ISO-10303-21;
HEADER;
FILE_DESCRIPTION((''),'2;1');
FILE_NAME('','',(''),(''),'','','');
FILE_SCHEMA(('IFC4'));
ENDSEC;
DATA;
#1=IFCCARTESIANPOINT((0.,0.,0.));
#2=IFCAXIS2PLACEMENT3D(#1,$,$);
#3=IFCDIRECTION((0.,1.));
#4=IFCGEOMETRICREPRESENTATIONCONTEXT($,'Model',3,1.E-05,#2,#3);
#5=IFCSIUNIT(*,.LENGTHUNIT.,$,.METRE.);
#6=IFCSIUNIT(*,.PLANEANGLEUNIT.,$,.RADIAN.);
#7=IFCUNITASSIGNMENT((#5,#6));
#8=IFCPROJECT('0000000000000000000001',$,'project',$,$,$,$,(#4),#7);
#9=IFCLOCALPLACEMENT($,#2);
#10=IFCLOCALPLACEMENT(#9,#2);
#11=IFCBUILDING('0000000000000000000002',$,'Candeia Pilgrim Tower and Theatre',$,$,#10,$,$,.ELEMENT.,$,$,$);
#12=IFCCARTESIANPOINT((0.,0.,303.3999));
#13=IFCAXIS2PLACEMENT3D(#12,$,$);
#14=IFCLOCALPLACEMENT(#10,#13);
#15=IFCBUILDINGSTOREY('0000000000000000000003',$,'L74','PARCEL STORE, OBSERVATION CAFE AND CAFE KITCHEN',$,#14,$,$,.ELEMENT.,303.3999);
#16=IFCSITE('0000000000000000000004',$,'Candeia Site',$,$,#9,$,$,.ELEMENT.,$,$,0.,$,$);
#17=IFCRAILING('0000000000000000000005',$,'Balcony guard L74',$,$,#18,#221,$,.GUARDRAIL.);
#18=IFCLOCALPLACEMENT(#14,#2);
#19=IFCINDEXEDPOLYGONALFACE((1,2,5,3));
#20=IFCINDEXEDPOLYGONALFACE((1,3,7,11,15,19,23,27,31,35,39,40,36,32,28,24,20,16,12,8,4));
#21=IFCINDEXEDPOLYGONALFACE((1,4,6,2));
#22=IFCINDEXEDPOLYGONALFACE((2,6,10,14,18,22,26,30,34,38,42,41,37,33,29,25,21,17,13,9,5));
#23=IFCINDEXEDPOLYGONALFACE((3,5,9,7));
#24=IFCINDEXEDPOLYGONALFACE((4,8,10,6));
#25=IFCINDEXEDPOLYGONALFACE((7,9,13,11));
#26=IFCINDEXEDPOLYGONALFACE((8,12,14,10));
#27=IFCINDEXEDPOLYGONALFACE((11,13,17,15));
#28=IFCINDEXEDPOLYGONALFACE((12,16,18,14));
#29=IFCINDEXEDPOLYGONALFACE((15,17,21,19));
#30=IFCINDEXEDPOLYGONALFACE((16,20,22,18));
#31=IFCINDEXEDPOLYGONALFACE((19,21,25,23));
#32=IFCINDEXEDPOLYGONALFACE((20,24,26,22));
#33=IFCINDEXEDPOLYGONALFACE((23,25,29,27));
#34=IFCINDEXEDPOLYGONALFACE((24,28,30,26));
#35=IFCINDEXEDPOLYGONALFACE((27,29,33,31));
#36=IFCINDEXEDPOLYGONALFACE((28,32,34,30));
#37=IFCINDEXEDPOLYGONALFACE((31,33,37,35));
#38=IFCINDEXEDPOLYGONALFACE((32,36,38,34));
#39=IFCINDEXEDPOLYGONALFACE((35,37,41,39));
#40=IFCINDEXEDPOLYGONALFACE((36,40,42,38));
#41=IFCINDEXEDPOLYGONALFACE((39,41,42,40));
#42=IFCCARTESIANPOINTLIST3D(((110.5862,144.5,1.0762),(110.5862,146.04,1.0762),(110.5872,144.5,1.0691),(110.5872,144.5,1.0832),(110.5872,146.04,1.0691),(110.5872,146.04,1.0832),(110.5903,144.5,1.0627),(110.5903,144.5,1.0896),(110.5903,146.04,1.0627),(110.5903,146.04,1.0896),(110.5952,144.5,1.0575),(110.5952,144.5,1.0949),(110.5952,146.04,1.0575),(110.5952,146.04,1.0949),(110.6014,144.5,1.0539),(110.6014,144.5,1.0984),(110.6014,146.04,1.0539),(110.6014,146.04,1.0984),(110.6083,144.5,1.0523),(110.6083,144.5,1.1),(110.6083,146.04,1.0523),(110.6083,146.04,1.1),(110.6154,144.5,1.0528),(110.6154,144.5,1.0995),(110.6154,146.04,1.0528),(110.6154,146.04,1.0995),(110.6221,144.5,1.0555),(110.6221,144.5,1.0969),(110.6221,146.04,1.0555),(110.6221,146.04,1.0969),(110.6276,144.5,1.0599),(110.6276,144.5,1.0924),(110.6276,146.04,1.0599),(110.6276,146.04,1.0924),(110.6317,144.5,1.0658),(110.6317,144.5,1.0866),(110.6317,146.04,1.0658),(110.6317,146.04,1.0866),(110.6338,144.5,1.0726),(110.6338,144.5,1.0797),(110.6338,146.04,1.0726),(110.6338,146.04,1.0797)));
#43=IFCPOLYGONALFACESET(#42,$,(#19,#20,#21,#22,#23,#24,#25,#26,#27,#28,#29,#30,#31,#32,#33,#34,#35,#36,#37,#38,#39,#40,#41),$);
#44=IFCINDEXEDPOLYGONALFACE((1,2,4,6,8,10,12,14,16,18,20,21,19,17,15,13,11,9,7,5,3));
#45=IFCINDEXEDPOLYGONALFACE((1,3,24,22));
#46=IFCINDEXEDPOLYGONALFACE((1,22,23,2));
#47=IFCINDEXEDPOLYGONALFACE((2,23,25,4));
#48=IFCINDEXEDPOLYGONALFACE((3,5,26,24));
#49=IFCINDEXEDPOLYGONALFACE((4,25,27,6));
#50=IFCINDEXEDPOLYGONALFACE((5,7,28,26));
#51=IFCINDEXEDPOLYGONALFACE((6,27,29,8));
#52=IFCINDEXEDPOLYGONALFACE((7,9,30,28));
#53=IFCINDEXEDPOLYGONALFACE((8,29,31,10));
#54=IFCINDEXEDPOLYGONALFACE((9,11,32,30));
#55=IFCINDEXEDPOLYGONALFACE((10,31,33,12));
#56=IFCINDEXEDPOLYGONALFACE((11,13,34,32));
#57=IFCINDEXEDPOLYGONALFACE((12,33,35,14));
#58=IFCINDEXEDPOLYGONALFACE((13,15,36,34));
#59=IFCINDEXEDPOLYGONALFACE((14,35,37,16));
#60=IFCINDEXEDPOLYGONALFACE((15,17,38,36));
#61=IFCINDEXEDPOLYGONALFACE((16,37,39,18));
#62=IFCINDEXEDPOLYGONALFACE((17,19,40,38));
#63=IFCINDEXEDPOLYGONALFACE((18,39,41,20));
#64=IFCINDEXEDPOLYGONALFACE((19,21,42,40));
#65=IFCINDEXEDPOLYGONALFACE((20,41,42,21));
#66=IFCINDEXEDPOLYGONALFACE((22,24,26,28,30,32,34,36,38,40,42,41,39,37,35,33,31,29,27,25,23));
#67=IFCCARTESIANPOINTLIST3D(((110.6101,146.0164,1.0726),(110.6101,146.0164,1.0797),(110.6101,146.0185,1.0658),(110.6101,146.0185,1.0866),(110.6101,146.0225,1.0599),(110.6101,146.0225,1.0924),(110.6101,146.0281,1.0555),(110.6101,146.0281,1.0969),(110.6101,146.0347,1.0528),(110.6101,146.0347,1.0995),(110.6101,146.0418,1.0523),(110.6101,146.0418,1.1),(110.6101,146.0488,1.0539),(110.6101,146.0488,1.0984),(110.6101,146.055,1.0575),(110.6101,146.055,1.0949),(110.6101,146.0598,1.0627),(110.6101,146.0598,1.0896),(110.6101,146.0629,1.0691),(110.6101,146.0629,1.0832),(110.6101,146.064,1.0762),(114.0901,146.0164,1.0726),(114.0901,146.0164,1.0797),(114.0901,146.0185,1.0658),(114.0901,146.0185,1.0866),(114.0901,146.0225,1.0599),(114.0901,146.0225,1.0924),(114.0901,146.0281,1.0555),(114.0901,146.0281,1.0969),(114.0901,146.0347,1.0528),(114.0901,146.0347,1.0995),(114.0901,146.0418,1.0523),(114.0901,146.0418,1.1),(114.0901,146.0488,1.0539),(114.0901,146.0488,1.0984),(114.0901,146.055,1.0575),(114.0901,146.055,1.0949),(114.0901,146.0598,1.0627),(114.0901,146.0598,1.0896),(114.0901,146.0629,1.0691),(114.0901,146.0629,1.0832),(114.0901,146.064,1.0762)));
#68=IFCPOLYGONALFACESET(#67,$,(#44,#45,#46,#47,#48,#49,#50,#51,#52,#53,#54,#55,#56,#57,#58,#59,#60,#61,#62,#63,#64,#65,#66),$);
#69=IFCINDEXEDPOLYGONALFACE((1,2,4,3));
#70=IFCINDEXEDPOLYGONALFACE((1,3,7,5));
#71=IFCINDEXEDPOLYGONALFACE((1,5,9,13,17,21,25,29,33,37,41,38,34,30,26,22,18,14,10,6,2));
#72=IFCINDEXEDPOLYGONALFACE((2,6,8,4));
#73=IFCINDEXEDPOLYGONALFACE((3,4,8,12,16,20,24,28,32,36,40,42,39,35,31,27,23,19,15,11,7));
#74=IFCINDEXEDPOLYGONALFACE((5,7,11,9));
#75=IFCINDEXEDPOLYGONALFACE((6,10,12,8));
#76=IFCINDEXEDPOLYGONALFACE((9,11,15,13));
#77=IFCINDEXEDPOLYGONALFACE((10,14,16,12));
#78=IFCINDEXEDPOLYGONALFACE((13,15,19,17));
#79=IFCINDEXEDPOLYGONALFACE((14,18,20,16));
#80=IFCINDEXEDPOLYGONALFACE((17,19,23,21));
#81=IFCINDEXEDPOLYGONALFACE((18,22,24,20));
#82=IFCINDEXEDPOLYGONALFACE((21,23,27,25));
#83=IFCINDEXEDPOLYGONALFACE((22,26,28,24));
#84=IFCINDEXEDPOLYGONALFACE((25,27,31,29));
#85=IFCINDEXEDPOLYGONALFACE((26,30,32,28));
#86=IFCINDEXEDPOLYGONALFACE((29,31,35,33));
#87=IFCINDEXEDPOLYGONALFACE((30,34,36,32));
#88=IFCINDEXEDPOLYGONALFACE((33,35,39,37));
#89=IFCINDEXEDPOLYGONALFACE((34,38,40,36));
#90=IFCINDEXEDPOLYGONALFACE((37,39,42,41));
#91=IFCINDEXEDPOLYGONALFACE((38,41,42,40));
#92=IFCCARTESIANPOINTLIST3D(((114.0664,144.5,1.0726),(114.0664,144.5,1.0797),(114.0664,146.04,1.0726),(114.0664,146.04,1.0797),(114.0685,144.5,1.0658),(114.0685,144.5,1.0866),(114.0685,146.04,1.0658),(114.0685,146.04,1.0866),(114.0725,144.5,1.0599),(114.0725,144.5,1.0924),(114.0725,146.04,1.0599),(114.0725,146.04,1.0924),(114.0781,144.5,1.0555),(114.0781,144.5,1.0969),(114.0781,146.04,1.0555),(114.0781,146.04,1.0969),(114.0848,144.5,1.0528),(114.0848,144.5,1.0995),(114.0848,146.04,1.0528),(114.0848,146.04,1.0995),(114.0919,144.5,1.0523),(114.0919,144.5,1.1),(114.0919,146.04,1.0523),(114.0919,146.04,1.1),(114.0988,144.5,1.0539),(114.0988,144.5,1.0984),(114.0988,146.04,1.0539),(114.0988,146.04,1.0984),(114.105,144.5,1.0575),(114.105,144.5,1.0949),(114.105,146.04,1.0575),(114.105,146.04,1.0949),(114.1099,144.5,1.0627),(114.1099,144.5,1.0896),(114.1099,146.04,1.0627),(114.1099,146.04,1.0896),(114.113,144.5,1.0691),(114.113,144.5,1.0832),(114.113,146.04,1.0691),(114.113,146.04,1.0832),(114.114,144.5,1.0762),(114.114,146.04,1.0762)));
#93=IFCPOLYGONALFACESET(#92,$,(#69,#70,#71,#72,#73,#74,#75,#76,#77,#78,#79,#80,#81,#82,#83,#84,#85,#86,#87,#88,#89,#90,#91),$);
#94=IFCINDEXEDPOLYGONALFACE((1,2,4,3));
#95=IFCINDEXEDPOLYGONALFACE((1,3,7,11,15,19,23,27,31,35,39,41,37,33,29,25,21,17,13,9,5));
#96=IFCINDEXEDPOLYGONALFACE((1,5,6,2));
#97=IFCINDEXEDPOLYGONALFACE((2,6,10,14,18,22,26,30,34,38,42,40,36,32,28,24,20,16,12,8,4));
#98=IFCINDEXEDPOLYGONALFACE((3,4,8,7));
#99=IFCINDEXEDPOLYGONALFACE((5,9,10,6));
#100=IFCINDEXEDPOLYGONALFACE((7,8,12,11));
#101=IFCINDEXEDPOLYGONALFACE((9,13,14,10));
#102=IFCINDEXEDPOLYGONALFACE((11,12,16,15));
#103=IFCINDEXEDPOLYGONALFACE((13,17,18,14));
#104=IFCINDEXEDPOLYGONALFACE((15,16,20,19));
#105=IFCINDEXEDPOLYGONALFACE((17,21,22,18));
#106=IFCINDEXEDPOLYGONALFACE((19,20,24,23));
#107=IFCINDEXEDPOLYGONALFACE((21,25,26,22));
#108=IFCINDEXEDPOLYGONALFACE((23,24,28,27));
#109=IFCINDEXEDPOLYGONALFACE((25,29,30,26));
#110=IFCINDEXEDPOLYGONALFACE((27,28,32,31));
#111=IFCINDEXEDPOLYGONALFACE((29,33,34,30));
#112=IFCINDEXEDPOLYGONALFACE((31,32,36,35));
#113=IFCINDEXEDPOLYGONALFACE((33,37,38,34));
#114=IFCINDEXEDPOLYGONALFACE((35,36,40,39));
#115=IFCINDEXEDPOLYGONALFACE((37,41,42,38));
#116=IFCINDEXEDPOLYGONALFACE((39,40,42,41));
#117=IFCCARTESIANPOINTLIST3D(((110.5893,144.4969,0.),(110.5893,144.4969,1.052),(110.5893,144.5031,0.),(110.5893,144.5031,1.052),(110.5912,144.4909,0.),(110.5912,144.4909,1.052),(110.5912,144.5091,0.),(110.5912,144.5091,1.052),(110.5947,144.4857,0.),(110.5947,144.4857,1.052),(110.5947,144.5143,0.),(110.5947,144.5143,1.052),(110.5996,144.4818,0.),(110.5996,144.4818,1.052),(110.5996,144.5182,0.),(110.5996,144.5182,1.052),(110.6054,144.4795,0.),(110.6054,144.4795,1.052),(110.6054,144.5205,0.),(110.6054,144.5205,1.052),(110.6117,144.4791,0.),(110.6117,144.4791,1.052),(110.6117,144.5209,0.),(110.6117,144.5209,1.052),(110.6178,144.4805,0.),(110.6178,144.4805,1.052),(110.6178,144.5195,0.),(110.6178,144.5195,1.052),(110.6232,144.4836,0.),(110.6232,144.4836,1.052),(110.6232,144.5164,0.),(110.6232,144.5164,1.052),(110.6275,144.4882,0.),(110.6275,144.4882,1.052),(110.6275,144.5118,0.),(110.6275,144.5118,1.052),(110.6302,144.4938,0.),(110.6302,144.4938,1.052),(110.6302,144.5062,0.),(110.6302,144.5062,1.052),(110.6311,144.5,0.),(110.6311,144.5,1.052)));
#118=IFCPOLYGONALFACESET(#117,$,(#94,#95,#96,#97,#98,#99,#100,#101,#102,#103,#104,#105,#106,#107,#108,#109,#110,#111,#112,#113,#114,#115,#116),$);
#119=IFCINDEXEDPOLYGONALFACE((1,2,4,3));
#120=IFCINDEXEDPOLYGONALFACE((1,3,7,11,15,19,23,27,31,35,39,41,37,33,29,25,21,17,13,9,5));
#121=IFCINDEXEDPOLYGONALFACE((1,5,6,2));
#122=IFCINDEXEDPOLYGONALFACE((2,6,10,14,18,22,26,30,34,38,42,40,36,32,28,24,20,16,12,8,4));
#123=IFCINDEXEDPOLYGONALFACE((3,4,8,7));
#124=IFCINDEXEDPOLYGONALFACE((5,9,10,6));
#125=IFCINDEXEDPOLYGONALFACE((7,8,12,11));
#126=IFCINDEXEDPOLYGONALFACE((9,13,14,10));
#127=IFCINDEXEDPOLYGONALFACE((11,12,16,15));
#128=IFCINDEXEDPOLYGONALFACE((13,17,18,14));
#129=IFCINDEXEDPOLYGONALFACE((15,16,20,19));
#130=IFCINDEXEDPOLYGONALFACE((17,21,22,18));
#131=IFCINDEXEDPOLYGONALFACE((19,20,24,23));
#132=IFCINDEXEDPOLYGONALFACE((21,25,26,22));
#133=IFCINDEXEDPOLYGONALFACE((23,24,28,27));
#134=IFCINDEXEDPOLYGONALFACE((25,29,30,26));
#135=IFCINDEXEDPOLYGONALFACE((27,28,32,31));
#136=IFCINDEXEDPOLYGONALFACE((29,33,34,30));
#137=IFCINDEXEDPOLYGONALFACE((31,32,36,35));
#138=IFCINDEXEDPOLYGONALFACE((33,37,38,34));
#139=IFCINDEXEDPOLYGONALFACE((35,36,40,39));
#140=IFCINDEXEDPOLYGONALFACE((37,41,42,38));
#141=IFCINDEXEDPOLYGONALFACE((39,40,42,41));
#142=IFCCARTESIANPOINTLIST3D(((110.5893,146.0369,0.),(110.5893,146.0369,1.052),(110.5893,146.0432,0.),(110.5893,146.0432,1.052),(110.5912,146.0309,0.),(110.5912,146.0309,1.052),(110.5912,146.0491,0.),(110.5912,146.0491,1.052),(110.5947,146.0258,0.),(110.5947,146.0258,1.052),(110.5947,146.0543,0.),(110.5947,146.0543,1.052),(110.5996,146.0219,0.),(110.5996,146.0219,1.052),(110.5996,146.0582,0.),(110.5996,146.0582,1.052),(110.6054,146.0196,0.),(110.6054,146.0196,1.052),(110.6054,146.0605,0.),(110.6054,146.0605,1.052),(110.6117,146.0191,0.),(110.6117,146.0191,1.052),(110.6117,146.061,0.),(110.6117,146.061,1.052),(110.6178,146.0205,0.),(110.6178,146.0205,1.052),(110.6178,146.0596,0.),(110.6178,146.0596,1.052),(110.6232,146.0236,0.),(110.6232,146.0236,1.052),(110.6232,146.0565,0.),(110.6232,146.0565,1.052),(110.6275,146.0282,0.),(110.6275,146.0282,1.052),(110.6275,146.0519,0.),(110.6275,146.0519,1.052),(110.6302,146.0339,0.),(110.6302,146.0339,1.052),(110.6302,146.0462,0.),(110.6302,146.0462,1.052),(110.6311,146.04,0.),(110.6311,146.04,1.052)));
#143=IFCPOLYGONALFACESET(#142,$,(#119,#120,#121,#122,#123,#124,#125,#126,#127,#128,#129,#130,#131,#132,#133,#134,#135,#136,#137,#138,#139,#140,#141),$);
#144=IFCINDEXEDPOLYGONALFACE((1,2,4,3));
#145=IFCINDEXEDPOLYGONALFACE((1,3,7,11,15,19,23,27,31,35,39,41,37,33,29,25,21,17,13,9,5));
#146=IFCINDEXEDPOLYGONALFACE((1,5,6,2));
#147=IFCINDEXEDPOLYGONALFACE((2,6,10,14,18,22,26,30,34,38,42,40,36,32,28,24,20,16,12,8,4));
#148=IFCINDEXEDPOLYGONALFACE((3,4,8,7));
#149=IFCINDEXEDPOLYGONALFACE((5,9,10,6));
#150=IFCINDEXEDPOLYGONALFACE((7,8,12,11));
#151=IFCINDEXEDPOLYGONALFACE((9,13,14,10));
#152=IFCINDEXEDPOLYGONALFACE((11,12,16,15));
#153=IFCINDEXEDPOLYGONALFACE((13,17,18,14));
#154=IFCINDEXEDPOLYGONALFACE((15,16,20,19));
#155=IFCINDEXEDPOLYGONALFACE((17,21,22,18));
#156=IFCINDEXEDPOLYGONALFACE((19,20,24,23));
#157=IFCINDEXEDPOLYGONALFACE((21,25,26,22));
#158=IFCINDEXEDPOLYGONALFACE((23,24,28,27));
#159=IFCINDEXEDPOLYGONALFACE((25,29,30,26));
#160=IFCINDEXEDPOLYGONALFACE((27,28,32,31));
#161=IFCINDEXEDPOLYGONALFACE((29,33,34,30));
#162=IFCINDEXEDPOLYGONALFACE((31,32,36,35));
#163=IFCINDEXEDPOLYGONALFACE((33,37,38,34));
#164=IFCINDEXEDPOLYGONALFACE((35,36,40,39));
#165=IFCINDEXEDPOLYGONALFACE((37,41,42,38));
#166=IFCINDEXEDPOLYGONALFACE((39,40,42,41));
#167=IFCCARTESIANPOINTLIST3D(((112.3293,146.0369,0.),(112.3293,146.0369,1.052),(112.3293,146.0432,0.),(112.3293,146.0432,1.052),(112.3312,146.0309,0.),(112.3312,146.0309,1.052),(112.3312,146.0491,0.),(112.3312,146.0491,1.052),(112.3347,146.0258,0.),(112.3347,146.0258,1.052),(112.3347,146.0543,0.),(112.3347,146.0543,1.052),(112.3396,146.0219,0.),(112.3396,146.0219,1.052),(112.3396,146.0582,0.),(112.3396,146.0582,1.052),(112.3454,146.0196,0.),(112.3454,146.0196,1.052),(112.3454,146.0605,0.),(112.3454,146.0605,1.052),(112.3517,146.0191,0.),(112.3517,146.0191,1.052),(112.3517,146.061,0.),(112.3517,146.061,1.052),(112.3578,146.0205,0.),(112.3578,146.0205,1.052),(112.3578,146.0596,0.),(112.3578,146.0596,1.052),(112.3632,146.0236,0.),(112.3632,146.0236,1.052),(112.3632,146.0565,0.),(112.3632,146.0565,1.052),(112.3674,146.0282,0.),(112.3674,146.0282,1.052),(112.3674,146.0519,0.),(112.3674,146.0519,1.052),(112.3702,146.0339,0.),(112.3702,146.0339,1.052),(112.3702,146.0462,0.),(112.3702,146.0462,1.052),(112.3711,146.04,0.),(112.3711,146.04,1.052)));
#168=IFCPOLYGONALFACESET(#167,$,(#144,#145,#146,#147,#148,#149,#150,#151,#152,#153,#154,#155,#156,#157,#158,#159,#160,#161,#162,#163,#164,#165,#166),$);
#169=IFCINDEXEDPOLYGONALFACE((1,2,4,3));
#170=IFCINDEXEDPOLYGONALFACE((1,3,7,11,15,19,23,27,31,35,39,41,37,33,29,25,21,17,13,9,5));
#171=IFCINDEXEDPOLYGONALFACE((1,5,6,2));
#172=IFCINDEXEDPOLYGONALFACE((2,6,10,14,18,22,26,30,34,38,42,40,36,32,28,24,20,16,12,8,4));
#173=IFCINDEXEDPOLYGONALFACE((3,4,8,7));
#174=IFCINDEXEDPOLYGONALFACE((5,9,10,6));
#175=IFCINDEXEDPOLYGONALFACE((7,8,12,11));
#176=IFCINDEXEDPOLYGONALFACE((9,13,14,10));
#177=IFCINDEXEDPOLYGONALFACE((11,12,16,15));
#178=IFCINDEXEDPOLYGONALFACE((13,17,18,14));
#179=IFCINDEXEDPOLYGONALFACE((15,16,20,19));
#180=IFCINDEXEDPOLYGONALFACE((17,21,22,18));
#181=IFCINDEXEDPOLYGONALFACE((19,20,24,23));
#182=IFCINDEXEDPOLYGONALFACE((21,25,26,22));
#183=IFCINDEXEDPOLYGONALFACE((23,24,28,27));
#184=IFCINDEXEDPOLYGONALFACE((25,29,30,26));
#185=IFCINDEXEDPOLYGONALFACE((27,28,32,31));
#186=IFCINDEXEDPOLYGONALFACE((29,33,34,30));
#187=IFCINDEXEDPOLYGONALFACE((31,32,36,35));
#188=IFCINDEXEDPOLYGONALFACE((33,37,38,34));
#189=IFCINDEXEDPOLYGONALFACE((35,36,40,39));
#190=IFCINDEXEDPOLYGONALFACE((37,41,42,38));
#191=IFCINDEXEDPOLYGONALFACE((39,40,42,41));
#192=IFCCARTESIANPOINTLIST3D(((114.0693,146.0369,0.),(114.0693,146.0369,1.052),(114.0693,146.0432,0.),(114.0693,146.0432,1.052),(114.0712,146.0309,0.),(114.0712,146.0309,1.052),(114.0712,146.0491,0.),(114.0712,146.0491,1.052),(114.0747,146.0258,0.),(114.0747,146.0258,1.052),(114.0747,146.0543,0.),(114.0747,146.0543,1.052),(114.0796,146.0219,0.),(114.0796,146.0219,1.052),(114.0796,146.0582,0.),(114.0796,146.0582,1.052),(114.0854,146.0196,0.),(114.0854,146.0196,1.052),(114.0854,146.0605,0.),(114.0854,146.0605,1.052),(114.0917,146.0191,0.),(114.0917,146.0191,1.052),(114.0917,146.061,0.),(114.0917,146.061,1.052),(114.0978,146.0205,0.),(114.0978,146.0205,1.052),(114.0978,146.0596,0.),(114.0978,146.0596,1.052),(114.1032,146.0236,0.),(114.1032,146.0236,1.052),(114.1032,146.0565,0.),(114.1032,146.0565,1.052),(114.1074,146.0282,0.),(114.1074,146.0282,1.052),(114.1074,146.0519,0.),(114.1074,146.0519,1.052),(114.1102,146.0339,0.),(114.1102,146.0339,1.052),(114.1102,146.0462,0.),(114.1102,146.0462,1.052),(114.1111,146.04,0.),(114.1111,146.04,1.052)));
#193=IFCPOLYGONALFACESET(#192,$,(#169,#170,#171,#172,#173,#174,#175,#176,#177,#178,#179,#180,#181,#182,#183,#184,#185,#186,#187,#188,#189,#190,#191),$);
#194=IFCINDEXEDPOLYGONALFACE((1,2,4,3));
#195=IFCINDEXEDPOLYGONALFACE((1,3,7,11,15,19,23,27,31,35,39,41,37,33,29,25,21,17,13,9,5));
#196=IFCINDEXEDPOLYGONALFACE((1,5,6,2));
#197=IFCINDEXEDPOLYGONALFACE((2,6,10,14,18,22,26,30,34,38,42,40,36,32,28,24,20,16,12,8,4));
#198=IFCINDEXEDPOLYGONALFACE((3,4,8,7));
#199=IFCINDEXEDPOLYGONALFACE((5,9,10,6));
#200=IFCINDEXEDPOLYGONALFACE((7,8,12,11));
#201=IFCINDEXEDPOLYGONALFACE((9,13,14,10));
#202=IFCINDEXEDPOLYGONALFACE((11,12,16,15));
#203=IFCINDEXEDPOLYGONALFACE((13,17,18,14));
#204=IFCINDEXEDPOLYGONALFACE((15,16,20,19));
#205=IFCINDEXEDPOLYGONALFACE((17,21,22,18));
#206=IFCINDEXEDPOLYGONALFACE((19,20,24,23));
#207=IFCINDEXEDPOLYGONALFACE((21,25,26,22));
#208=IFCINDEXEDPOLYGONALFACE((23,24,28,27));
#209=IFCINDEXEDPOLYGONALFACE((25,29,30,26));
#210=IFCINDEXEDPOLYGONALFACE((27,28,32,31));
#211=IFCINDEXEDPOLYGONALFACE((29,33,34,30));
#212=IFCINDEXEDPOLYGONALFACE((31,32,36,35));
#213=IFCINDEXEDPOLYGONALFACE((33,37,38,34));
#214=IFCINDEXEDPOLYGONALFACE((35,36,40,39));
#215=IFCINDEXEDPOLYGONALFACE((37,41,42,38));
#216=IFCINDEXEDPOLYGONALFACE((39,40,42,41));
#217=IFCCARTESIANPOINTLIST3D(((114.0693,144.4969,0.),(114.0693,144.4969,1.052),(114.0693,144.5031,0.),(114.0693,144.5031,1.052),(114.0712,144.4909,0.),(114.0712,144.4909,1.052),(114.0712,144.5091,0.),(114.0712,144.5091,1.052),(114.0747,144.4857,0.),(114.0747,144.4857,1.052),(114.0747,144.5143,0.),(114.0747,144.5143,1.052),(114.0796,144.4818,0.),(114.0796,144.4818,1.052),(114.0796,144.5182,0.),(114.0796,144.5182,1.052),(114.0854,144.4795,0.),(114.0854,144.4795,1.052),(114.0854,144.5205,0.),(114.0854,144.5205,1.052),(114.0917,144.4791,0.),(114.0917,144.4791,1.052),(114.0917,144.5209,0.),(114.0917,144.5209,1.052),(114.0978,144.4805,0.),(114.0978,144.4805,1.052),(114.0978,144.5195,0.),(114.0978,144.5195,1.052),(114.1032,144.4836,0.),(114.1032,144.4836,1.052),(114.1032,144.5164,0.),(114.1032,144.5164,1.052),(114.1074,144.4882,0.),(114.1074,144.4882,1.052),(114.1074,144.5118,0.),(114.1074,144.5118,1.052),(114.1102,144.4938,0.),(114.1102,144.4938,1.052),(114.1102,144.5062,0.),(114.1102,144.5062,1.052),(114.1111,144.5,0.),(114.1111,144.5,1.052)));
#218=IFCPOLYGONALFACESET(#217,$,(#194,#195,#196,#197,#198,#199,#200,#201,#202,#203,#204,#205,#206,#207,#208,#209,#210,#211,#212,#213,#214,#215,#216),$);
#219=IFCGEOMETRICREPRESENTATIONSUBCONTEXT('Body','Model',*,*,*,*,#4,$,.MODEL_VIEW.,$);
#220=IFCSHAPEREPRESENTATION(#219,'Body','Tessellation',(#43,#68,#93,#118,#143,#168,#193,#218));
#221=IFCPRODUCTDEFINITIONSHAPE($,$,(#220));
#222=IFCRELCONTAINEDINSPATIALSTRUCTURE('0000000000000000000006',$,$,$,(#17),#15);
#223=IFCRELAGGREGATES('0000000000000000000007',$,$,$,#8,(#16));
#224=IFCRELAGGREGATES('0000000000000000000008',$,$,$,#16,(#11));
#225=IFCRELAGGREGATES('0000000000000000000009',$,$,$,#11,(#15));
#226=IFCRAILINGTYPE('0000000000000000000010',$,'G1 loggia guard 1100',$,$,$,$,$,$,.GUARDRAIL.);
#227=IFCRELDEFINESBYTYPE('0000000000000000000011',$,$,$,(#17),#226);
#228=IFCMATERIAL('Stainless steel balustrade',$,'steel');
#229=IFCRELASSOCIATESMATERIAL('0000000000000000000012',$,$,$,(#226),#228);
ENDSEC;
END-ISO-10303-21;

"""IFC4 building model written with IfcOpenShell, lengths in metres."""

from ifc_helpers import new_model, si_unit, direction, frame, origin, origin_2d, place, context, subcontext, project, spatial, circle, extrude, material, type_object, element, save


model = new_model("IFC4")

# Units and contexts
model_context = context("Model", 3, precision=1e-05, world=origin(), true_north=direction((0.0, 1.0)))
body_context = subcontext(model_context, "Body", "Model", "MODEL_VIEW")
ifc_project = project(units=[si_unit("LENGTHUNIT", "METRE"), si_unit("PLANEANGLEUNIT", "RADIAN")], contexts=[model_context])

# Site, building, storey
site_placement = place(None, origin())
site = spatial("IfcSite", under=ifc_project, at=site_placement, Name="Candeia Site", CompositionType="ELEMENT", RefElevation=0.0)
building_placement = place(site_placement, origin())
building = spatial("IfcBuilding", under=site, at=building_placement, Name="Candeia Pilgrim Tower and Theatre", CompositionType="ELEMENT")
storey_placement = place(building_placement, frame((0.0, 0.0, 303.3999)))
storey = spatial("IfcBuildingStorey", under=building, at=storey_placement, Name="L74", Description="PARCEL STORE, OBSERVATION CAFE AND CAFE KITCHEN", CompositionType="ELEMENT", Elevation=303.3999)

# Railing
ifc_material_1 = material(Name="Stainless steel balustrade", Category="steel")
railing_type = type_object("IfcRailingType", Name="G1 loggia guard 1100", PredefinedType="GUARDRAIL", material=ifc_material_1)
railing_1_placement = place(storey_placement, frame((110.6101, 144.5, 0.0)))
element("IfcRailing", 1, at=railing_1_placement, inside=storey, type_object=railing_type, Name="Balcony guard L74", PredefinedType="GUARDRAIL", context=body_context, shape_type="SweptSolid", body=[
    extrude(circle(Radius=0.0239, at=origin_2d()), frame((0.0, 0.0, 1.0762), z_axis=(0.0, 1.0, 0.0), x_axis=(-1.0, 0.0, 0.0)), (0.0, 0.0, 1.0), 1.54),
    extrude(circle(Radius=0.0239, at=origin_2d()), frame((0.0, 1.54, 1.0762), z_axis=(1.0, 0.0, 0.0), x_axis=(0.0, 1.0, 0.0)), (0.0, 0.0, 1.0), 3.48),
    extrude(circle(Radius=0.0239, at=origin_2d()), frame((3.48, 1.54, 1.0762), z_axis=(0.0, -1.0, 0.0), x_axis=(1.0, 0.0, 0.0)), (0.0, 0.0, 1.0), 1.54),
    extrude(circle(Radius=0.021, at=origin_2d()), origin(), (0.0, 0.0, 1.0), 1.052),
    extrude(circle(Radius=0.021, at=origin_2d()), frame((0.0, 1.54, 0.0)), (0.0, 0.0, 1.0), 1.052),
    extrude(circle(Radius=0.021, at=origin_2d()), frame((1.74, 1.54, 0.0)), (0.0, 0.0, 1.0), 1.052),
    extrude(circle(Radius=0.021, at=origin_2d()), frame((3.48, 1.54, 0.0)), (0.0, 0.0, 1.0), 1.052),
    extrude(circle(Radius=0.021, at=origin_2d()), frame((3.48, 0.0, 0.0)), (0.0, 0.0, 1.0), 1.052),
])

save(model, "model.ifc")
